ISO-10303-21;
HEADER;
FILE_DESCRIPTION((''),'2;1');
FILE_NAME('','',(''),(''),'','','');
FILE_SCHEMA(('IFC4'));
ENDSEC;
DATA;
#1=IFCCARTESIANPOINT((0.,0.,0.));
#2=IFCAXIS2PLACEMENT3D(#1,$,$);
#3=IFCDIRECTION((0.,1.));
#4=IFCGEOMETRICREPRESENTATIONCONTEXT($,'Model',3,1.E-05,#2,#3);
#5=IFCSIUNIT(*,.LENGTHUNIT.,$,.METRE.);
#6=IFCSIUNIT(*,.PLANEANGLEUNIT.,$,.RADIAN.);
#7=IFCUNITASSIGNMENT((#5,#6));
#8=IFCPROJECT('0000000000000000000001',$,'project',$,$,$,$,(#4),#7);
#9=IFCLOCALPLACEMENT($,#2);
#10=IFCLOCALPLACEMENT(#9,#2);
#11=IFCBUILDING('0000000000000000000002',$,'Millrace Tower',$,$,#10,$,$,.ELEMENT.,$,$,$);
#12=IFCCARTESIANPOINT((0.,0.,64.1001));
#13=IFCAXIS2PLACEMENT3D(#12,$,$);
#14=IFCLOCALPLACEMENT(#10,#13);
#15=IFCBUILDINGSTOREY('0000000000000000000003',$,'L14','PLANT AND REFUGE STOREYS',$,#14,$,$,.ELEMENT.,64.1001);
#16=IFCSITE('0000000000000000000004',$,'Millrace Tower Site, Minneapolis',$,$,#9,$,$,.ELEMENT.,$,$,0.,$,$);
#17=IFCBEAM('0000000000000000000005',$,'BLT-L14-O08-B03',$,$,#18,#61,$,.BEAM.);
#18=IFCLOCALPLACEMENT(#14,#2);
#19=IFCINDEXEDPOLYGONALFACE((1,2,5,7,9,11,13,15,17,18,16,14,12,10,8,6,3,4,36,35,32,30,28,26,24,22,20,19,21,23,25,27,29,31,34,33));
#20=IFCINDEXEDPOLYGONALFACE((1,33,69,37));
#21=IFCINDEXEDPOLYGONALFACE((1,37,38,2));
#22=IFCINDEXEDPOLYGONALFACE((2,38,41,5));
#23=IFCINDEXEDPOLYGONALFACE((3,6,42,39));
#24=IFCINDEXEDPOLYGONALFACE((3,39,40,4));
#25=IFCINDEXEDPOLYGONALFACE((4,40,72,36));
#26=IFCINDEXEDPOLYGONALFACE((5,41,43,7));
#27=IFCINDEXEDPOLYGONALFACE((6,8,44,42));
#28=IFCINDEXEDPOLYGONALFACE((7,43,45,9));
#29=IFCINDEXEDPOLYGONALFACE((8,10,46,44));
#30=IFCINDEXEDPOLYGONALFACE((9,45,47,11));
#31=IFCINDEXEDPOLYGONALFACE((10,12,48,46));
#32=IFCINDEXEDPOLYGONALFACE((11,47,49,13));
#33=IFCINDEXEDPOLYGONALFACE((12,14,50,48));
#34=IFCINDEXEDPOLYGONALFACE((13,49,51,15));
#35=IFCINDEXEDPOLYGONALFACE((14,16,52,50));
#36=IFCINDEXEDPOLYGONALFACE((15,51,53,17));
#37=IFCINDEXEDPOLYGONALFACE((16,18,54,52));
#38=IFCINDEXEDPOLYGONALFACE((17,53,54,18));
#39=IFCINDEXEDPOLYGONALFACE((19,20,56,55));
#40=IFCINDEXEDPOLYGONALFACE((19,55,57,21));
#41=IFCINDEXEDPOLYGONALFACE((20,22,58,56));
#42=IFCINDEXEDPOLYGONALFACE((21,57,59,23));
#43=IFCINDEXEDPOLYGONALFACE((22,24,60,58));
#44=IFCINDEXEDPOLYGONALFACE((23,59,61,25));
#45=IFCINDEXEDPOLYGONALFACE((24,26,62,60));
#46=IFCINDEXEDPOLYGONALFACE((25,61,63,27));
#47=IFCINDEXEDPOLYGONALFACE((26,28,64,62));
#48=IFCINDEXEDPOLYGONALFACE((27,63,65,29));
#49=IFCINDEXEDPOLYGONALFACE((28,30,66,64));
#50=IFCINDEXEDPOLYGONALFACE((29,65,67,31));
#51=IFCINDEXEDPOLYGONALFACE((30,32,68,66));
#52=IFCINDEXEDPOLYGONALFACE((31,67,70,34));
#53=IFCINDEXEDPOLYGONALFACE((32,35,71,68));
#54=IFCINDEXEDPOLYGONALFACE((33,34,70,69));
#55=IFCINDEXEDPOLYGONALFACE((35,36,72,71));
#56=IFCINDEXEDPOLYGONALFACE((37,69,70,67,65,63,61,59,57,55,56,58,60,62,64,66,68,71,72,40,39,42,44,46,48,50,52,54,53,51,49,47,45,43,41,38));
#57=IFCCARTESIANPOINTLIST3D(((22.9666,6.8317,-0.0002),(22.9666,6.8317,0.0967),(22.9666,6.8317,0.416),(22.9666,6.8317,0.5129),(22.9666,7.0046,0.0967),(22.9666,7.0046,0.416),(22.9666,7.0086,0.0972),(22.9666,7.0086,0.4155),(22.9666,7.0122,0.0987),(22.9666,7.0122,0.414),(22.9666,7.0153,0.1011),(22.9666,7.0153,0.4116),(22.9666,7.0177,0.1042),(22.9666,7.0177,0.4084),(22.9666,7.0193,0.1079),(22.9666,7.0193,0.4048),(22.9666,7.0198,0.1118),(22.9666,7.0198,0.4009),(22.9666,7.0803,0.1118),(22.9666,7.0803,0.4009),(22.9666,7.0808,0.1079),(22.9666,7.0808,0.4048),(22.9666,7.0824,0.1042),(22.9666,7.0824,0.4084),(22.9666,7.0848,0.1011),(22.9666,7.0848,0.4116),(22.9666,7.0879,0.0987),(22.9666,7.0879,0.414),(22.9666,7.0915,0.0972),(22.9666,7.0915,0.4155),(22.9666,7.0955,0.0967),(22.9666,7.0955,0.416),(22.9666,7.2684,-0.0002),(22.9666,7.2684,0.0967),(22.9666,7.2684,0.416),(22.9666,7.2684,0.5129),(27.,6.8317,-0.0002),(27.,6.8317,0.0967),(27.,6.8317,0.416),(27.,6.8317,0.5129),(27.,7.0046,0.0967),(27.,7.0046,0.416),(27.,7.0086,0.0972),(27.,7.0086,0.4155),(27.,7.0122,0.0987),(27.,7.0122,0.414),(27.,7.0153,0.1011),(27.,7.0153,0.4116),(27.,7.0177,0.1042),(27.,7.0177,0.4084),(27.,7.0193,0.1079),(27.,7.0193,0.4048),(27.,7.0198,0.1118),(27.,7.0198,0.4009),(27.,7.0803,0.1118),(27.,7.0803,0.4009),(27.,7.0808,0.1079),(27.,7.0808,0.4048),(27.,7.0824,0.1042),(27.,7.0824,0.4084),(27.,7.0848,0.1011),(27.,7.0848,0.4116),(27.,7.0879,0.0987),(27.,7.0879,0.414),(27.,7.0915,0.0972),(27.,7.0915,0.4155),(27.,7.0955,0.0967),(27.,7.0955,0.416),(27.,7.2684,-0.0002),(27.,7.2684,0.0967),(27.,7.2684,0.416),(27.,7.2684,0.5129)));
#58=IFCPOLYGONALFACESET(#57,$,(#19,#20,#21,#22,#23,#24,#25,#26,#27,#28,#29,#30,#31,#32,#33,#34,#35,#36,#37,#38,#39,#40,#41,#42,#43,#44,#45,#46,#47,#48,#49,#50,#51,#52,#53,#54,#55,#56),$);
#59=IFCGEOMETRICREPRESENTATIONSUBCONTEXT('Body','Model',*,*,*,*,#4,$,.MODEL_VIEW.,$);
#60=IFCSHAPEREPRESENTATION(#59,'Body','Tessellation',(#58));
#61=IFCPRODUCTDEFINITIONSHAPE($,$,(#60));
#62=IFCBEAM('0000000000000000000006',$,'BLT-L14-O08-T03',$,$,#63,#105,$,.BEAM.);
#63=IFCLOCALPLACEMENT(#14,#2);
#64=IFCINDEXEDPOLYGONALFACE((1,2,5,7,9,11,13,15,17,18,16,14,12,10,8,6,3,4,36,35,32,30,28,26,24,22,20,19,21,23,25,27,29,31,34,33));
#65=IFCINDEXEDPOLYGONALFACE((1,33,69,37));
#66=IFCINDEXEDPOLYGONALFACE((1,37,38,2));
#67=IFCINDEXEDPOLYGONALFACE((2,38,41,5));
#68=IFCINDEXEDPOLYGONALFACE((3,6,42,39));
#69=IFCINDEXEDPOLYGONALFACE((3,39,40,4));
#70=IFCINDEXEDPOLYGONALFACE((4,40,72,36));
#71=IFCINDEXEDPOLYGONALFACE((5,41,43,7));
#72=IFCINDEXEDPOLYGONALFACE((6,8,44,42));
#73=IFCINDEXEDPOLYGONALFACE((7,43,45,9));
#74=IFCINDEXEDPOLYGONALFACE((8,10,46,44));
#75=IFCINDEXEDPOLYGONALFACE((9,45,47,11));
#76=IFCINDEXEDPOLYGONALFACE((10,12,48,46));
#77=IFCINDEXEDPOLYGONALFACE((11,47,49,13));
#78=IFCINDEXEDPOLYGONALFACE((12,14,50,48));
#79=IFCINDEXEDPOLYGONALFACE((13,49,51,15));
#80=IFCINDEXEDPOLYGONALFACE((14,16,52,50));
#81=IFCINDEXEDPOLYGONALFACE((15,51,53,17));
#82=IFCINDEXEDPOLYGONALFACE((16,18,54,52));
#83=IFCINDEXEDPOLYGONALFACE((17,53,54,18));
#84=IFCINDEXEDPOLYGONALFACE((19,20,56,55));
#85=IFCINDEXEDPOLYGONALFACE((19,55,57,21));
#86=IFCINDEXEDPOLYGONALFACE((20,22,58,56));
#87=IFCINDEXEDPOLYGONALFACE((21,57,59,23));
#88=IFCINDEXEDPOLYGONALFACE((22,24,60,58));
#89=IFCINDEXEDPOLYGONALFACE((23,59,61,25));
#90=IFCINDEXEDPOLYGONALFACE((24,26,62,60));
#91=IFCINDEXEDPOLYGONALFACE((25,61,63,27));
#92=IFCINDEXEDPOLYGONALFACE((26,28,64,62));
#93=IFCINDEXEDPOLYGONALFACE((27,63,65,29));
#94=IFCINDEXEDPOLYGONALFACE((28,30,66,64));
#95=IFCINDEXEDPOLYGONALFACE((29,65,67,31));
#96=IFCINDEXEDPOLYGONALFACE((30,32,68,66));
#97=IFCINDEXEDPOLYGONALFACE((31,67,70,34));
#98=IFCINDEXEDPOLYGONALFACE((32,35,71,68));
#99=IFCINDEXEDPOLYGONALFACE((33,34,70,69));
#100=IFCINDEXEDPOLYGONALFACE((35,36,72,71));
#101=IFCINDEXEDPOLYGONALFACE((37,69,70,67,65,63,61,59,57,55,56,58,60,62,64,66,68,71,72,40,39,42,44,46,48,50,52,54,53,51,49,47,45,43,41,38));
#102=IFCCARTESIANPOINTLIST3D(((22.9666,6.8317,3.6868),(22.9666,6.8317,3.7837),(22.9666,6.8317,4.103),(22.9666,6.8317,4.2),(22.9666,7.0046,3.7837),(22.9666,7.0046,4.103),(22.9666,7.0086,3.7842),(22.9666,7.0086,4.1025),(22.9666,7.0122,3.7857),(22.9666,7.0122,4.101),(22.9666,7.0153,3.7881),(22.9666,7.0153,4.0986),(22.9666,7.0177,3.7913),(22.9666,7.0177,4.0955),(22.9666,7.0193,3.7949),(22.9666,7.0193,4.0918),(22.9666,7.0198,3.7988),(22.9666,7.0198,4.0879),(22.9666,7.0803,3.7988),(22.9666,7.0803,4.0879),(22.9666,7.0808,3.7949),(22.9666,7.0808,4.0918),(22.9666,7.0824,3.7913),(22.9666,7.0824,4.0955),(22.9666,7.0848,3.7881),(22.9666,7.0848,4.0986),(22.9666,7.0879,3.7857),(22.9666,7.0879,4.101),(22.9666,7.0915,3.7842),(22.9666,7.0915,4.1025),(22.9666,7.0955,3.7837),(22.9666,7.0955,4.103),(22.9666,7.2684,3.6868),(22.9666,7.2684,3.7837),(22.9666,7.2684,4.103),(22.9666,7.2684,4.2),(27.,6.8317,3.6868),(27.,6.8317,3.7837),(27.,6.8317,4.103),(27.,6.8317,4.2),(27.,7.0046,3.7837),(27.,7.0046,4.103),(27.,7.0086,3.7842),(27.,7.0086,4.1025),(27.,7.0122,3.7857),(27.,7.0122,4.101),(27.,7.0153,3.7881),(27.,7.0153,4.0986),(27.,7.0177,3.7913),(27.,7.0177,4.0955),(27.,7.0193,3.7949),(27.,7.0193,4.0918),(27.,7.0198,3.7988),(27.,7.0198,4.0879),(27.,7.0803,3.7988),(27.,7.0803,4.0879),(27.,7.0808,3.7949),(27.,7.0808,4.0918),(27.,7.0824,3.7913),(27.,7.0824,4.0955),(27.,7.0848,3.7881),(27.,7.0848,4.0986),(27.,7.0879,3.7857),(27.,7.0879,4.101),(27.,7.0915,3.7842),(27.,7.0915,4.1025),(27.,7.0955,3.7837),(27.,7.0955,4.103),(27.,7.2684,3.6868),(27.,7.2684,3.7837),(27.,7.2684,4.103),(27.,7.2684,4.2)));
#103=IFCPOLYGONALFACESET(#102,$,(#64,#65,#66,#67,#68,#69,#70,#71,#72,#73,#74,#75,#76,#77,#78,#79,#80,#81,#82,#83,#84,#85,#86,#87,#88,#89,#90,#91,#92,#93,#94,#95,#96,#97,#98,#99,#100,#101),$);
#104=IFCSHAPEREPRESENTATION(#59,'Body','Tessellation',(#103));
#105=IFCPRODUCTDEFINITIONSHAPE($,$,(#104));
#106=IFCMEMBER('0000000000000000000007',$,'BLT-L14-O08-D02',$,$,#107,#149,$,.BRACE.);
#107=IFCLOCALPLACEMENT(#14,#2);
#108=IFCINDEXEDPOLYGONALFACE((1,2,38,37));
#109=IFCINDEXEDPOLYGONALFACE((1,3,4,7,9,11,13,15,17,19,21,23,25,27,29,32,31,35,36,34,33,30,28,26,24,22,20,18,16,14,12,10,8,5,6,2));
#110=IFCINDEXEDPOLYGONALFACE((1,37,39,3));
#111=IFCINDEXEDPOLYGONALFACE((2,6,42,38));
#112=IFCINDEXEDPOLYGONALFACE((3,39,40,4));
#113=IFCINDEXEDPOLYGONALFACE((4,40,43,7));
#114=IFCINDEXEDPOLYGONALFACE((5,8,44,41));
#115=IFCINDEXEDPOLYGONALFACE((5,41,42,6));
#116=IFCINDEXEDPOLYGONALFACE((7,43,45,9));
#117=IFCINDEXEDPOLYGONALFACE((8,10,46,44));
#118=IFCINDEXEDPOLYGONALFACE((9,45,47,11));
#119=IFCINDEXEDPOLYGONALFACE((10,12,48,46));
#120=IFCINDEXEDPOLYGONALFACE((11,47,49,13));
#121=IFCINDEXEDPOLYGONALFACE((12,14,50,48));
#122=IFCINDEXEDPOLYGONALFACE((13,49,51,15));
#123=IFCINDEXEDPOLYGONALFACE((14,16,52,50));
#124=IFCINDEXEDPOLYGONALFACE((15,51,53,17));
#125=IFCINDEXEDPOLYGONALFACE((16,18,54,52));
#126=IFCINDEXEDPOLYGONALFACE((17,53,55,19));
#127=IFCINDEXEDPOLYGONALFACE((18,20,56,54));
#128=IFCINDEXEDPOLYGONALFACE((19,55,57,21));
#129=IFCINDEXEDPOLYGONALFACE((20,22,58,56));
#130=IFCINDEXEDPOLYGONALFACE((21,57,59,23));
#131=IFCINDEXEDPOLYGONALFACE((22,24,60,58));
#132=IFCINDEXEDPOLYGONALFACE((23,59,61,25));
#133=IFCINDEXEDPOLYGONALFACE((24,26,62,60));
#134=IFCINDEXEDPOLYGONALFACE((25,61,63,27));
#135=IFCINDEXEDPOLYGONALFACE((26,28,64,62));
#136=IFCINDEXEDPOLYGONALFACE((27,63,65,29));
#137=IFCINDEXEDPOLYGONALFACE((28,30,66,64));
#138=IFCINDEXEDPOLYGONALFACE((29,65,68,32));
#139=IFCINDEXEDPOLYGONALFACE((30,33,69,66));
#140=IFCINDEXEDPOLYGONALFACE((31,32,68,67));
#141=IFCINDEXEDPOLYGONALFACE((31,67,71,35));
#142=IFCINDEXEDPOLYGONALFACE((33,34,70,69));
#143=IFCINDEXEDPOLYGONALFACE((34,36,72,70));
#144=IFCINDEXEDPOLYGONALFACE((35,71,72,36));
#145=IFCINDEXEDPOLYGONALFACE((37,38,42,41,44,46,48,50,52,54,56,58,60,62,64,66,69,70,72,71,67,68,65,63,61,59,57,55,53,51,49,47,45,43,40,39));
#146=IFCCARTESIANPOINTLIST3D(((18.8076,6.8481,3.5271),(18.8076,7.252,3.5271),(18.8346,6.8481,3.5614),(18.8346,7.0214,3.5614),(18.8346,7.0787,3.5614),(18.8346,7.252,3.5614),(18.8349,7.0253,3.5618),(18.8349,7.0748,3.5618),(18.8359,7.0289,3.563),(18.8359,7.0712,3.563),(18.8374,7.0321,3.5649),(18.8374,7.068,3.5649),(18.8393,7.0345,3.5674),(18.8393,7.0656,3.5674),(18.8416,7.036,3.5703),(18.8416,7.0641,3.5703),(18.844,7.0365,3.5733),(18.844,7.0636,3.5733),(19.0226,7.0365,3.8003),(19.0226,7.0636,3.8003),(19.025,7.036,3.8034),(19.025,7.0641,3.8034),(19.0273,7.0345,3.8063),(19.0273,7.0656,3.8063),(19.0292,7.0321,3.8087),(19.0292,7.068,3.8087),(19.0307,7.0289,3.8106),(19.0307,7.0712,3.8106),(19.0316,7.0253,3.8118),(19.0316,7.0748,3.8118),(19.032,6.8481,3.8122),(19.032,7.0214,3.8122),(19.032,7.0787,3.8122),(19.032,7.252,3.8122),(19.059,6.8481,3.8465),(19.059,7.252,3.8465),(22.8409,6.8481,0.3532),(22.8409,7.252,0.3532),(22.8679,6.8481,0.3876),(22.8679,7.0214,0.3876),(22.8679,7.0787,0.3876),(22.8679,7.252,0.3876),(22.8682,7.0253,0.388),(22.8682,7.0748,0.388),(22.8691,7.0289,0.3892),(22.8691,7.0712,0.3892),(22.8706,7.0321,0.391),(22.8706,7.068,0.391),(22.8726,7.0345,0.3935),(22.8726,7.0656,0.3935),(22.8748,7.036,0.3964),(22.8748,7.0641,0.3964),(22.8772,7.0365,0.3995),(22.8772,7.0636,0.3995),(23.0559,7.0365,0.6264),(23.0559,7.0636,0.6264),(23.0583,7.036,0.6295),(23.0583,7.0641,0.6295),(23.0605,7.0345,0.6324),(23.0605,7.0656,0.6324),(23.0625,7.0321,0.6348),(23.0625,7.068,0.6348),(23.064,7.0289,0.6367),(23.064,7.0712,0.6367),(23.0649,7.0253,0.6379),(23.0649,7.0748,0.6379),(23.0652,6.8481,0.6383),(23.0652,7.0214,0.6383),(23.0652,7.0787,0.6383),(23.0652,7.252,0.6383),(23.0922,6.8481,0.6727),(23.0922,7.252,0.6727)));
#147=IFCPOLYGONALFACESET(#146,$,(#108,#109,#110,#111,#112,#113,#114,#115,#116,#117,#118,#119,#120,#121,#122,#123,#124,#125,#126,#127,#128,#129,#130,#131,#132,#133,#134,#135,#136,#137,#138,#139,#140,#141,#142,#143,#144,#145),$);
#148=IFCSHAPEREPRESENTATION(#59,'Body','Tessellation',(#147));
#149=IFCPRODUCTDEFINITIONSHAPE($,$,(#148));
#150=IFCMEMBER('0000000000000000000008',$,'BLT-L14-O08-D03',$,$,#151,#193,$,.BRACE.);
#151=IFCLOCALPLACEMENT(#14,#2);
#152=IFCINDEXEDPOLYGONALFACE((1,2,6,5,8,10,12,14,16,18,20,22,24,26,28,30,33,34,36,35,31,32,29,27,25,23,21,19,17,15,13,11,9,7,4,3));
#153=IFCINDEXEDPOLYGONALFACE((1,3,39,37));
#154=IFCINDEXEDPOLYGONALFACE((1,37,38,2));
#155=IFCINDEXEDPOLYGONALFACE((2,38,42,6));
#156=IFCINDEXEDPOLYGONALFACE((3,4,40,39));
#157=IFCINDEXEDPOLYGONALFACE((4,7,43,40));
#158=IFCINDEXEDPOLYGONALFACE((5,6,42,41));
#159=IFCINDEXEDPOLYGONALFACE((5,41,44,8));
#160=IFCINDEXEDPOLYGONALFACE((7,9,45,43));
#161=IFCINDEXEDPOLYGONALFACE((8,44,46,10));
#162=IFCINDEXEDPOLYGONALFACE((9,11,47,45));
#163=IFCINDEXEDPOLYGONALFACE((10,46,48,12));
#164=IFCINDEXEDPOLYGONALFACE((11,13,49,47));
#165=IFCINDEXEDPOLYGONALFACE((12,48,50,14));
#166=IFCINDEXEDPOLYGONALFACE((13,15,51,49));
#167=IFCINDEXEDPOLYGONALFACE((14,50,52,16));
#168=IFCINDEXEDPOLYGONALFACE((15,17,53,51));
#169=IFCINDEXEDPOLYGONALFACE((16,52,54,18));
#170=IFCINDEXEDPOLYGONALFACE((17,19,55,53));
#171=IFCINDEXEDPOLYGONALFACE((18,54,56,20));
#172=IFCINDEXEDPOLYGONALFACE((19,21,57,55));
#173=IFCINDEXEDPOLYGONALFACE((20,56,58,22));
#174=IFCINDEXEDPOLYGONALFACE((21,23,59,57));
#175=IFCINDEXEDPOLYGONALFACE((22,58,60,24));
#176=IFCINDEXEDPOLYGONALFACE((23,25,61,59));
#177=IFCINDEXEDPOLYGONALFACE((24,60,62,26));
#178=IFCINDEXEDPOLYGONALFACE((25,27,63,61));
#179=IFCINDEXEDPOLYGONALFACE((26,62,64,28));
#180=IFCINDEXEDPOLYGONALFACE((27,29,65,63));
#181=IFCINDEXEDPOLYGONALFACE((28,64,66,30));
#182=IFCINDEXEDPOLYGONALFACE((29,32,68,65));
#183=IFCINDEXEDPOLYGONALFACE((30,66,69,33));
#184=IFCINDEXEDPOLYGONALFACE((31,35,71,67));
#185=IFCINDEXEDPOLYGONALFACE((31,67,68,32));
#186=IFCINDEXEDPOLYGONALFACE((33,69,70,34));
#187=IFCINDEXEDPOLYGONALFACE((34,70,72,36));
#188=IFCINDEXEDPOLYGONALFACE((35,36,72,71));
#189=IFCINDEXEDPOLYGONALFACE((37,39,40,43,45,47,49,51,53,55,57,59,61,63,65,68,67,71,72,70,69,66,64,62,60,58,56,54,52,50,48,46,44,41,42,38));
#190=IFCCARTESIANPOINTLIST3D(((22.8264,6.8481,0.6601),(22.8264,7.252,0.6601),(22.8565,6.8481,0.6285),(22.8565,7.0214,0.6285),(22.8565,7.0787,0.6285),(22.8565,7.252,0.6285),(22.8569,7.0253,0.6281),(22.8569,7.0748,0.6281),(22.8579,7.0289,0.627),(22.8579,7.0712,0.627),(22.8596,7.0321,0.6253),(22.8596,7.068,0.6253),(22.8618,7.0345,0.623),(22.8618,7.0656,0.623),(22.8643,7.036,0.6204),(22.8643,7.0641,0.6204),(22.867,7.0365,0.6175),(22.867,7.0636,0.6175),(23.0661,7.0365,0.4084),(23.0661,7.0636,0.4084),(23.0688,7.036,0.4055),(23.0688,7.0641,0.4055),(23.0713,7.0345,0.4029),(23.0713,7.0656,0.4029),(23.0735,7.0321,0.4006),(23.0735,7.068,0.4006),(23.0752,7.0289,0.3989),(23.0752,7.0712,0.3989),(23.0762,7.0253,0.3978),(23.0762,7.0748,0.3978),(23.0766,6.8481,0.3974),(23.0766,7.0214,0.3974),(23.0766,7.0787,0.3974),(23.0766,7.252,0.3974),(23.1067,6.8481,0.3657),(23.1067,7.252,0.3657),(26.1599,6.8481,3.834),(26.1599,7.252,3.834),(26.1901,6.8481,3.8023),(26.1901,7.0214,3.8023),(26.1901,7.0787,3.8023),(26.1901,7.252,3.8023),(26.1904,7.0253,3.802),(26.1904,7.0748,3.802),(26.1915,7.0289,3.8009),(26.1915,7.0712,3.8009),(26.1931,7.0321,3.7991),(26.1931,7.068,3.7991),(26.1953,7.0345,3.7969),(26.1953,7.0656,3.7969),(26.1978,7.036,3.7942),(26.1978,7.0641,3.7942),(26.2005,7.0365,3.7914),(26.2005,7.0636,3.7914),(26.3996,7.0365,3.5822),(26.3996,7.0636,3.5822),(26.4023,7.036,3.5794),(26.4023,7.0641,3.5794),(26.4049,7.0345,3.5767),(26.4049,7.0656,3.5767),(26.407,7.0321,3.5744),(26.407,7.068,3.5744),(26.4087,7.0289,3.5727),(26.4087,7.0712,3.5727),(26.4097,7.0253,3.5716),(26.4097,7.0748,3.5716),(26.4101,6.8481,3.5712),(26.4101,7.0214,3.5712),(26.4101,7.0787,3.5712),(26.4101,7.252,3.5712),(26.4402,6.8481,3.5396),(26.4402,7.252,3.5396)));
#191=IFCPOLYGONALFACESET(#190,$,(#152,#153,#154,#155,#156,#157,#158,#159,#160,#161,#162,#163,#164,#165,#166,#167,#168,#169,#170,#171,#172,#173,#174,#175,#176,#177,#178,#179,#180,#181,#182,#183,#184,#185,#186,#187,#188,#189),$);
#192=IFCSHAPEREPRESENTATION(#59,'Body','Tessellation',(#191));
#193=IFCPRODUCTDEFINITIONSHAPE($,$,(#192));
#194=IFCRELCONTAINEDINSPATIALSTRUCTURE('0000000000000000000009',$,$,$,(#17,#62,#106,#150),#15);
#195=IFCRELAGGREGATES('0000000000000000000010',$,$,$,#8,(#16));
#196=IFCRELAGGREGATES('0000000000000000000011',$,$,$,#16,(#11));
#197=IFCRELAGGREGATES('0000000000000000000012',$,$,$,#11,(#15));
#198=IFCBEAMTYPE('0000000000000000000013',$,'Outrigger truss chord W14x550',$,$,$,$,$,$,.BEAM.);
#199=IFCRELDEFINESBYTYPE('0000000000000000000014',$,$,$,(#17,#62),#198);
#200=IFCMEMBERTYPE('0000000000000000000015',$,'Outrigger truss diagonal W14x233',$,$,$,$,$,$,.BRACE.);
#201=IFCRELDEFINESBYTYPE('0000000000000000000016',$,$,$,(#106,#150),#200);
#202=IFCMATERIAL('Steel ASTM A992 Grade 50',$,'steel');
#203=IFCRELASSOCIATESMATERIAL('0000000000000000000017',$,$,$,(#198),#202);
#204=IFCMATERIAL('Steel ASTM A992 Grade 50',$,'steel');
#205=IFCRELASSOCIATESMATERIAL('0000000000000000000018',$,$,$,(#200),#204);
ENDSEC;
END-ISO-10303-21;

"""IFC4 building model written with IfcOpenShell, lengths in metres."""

from ifc_helpers import new_model, si_unit, direction, frame, origin, origin_2d, place, context, subcontext, project, spatial, i_section, extrude, material, material_profile, profile_set, type_object, element, save


model = new_model("IFC4")

# Units and contexts
model_context = context("Model", 3, precision=1e-05, world=origin(), true_north=direction((0.0, 1.0)))
body_context = subcontext(model_context, "Body", "Model", "MODEL_VIEW")
ifc_project = project(units=[si_unit("LENGTHUNIT", "METRE"), si_unit("PLANEANGLEUNIT", "RADIAN")], contexts=[model_context])

# Site, building, storey
site_placement = place(None, origin())
site = spatial("IfcSite", under=ifc_project, at=site_placement, Name="Millrace Tower Site, Minneapolis", CompositionType="ELEMENT", RefElevation=0.0)
building_placement = place(site_placement, origin())
building = spatial("IfcBuilding", under=site, at=building_placement, Name="Millrace Tower", CompositionType="ELEMENT")
storey_placement = place(building_placement, frame((0.0, 0.0, 64.1001)))
storey = spatial("IfcBuildingStorey", under=building, at=storey_placement, Name="L14", Description="PLANT AND REFUGE STOREYS", CompositionType="ELEMENT", Elevation=64.1001)

# Beams
ifc_material_1 = material(Name="Steel ASTM A992 Grade 50", Category="steel")
ifc_material_profile_1 = material_profile(ifc_material_1, i_section(OverallWidth=0.4368, OverallDepth=0.5132, WebThickness=0.0605, FlangeThickness=0.0969, FilletRadius=0.0151, at=origin_2d()))
ifc_profile_set_1 = profile_set([ifc_material_profile_1], Name="Steel ASTM A992 Grade 50")
beam_type_1 = type_object("IfcBeamType", Name="Outrigger truss chord W14x550", PredefinedType="BEAM", material=ifc_profile_set_1)
for number, where, z_axis, x_axis, name in (
    (1, (22.9666, 7.05, 0.2563), (1.0, 0.0, 0.0), (0.0, 1.0, 0.0), "BLT-L14-O08-B03"),
    (2, (22.9666, 7.05, 3.9434), (1.0, 0.0, 0.0), (0.0, 1.0, 0.0), "BLT-L14-O08-T03"),
):
    element("IfcBeam", number, at=place(storey_placement, frame(where, z_axis=z_axis, x_axis=x_axis)), inside=storey, type_object=beam_type_1, Name=name, PredefinedType="BEAM", context=body_context, shape_type="SweptSolid", body=[
        extrude(i_section(OverallWidth=0.4368, OverallDepth=0.5132, WebThickness=0.0605, FlangeThickness=0.0969, FilletRadius=0.0151, at=origin_2d()), origin(), (0.0, 0.0, 1.0), 4.0334),
    ])

# Members
ifc_material_2 = material(Name="Steel ASTM A992 Grade 50", Category="steel")
ifc_material_profile_2 = material_profile(ifc_material_2, i_section(OverallWidth=0.4038, OverallDepth=0.4065, WebThickness=0.0271, FlangeThickness=0.0437, FilletRadius=0.0151, at=origin_2d()))
ifc_profile_set_2 = profile_set([ifc_material_profile_2], Name="Steel ASTM A992 Grade 50")
member_type_1 = type_object("IfcMemberType", Name="Outrigger truss diagonal W14x233", PredefinedType="BRACE", material=ifc_profile_set_2)
member_1_placement = place(storey_placement, frame((22.9666, 7.05, 0.5129), z_axis=(-0.785856, 0.0, 0.61841), x_axis=(0.0, -1.0, 0.0)))
element("IfcMember", 3, at=member_1_placement, inside=storey, type_object=member_type_1, Name="BLT-L14-O08-D02", PredefinedType="BRACE", context=body_context, shape_type="SweptSolid", body=[
    extrude(i_section(OverallWidth=0.4038, OverallDepth=0.4065, WebThickness=0.0271, FlangeThickness=0.0437, FilletRadius=0.0151, at=origin_2d()), origin(), (0.0, 0.0, 1.0), 5.1323),
])
member_2_placement = place(storey_placement, frame((22.9666, 7.05, 0.5129), z_axis=(0.724239, 0.0, 0.689549), x_axis=(0.0, 1.0, 0.0)))
element("IfcMember", 4, at=member_2_placement, inside=storey, type_object=member_type_1, Name="BLT-L14-O08-D03", PredefinedType="BRACE", context=body_context, shape_type="SweptSolid", body=[
    extrude(i_section(OverallWidth=0.4038, OverallDepth=0.4065, WebThickness=0.0271, FlangeThickness=0.0437, FilletRadius=0.0151, at=origin_2d()), origin(), (0.0, 0.0, 1.0), 4.6028),
])

save(model, "model.ifc")
